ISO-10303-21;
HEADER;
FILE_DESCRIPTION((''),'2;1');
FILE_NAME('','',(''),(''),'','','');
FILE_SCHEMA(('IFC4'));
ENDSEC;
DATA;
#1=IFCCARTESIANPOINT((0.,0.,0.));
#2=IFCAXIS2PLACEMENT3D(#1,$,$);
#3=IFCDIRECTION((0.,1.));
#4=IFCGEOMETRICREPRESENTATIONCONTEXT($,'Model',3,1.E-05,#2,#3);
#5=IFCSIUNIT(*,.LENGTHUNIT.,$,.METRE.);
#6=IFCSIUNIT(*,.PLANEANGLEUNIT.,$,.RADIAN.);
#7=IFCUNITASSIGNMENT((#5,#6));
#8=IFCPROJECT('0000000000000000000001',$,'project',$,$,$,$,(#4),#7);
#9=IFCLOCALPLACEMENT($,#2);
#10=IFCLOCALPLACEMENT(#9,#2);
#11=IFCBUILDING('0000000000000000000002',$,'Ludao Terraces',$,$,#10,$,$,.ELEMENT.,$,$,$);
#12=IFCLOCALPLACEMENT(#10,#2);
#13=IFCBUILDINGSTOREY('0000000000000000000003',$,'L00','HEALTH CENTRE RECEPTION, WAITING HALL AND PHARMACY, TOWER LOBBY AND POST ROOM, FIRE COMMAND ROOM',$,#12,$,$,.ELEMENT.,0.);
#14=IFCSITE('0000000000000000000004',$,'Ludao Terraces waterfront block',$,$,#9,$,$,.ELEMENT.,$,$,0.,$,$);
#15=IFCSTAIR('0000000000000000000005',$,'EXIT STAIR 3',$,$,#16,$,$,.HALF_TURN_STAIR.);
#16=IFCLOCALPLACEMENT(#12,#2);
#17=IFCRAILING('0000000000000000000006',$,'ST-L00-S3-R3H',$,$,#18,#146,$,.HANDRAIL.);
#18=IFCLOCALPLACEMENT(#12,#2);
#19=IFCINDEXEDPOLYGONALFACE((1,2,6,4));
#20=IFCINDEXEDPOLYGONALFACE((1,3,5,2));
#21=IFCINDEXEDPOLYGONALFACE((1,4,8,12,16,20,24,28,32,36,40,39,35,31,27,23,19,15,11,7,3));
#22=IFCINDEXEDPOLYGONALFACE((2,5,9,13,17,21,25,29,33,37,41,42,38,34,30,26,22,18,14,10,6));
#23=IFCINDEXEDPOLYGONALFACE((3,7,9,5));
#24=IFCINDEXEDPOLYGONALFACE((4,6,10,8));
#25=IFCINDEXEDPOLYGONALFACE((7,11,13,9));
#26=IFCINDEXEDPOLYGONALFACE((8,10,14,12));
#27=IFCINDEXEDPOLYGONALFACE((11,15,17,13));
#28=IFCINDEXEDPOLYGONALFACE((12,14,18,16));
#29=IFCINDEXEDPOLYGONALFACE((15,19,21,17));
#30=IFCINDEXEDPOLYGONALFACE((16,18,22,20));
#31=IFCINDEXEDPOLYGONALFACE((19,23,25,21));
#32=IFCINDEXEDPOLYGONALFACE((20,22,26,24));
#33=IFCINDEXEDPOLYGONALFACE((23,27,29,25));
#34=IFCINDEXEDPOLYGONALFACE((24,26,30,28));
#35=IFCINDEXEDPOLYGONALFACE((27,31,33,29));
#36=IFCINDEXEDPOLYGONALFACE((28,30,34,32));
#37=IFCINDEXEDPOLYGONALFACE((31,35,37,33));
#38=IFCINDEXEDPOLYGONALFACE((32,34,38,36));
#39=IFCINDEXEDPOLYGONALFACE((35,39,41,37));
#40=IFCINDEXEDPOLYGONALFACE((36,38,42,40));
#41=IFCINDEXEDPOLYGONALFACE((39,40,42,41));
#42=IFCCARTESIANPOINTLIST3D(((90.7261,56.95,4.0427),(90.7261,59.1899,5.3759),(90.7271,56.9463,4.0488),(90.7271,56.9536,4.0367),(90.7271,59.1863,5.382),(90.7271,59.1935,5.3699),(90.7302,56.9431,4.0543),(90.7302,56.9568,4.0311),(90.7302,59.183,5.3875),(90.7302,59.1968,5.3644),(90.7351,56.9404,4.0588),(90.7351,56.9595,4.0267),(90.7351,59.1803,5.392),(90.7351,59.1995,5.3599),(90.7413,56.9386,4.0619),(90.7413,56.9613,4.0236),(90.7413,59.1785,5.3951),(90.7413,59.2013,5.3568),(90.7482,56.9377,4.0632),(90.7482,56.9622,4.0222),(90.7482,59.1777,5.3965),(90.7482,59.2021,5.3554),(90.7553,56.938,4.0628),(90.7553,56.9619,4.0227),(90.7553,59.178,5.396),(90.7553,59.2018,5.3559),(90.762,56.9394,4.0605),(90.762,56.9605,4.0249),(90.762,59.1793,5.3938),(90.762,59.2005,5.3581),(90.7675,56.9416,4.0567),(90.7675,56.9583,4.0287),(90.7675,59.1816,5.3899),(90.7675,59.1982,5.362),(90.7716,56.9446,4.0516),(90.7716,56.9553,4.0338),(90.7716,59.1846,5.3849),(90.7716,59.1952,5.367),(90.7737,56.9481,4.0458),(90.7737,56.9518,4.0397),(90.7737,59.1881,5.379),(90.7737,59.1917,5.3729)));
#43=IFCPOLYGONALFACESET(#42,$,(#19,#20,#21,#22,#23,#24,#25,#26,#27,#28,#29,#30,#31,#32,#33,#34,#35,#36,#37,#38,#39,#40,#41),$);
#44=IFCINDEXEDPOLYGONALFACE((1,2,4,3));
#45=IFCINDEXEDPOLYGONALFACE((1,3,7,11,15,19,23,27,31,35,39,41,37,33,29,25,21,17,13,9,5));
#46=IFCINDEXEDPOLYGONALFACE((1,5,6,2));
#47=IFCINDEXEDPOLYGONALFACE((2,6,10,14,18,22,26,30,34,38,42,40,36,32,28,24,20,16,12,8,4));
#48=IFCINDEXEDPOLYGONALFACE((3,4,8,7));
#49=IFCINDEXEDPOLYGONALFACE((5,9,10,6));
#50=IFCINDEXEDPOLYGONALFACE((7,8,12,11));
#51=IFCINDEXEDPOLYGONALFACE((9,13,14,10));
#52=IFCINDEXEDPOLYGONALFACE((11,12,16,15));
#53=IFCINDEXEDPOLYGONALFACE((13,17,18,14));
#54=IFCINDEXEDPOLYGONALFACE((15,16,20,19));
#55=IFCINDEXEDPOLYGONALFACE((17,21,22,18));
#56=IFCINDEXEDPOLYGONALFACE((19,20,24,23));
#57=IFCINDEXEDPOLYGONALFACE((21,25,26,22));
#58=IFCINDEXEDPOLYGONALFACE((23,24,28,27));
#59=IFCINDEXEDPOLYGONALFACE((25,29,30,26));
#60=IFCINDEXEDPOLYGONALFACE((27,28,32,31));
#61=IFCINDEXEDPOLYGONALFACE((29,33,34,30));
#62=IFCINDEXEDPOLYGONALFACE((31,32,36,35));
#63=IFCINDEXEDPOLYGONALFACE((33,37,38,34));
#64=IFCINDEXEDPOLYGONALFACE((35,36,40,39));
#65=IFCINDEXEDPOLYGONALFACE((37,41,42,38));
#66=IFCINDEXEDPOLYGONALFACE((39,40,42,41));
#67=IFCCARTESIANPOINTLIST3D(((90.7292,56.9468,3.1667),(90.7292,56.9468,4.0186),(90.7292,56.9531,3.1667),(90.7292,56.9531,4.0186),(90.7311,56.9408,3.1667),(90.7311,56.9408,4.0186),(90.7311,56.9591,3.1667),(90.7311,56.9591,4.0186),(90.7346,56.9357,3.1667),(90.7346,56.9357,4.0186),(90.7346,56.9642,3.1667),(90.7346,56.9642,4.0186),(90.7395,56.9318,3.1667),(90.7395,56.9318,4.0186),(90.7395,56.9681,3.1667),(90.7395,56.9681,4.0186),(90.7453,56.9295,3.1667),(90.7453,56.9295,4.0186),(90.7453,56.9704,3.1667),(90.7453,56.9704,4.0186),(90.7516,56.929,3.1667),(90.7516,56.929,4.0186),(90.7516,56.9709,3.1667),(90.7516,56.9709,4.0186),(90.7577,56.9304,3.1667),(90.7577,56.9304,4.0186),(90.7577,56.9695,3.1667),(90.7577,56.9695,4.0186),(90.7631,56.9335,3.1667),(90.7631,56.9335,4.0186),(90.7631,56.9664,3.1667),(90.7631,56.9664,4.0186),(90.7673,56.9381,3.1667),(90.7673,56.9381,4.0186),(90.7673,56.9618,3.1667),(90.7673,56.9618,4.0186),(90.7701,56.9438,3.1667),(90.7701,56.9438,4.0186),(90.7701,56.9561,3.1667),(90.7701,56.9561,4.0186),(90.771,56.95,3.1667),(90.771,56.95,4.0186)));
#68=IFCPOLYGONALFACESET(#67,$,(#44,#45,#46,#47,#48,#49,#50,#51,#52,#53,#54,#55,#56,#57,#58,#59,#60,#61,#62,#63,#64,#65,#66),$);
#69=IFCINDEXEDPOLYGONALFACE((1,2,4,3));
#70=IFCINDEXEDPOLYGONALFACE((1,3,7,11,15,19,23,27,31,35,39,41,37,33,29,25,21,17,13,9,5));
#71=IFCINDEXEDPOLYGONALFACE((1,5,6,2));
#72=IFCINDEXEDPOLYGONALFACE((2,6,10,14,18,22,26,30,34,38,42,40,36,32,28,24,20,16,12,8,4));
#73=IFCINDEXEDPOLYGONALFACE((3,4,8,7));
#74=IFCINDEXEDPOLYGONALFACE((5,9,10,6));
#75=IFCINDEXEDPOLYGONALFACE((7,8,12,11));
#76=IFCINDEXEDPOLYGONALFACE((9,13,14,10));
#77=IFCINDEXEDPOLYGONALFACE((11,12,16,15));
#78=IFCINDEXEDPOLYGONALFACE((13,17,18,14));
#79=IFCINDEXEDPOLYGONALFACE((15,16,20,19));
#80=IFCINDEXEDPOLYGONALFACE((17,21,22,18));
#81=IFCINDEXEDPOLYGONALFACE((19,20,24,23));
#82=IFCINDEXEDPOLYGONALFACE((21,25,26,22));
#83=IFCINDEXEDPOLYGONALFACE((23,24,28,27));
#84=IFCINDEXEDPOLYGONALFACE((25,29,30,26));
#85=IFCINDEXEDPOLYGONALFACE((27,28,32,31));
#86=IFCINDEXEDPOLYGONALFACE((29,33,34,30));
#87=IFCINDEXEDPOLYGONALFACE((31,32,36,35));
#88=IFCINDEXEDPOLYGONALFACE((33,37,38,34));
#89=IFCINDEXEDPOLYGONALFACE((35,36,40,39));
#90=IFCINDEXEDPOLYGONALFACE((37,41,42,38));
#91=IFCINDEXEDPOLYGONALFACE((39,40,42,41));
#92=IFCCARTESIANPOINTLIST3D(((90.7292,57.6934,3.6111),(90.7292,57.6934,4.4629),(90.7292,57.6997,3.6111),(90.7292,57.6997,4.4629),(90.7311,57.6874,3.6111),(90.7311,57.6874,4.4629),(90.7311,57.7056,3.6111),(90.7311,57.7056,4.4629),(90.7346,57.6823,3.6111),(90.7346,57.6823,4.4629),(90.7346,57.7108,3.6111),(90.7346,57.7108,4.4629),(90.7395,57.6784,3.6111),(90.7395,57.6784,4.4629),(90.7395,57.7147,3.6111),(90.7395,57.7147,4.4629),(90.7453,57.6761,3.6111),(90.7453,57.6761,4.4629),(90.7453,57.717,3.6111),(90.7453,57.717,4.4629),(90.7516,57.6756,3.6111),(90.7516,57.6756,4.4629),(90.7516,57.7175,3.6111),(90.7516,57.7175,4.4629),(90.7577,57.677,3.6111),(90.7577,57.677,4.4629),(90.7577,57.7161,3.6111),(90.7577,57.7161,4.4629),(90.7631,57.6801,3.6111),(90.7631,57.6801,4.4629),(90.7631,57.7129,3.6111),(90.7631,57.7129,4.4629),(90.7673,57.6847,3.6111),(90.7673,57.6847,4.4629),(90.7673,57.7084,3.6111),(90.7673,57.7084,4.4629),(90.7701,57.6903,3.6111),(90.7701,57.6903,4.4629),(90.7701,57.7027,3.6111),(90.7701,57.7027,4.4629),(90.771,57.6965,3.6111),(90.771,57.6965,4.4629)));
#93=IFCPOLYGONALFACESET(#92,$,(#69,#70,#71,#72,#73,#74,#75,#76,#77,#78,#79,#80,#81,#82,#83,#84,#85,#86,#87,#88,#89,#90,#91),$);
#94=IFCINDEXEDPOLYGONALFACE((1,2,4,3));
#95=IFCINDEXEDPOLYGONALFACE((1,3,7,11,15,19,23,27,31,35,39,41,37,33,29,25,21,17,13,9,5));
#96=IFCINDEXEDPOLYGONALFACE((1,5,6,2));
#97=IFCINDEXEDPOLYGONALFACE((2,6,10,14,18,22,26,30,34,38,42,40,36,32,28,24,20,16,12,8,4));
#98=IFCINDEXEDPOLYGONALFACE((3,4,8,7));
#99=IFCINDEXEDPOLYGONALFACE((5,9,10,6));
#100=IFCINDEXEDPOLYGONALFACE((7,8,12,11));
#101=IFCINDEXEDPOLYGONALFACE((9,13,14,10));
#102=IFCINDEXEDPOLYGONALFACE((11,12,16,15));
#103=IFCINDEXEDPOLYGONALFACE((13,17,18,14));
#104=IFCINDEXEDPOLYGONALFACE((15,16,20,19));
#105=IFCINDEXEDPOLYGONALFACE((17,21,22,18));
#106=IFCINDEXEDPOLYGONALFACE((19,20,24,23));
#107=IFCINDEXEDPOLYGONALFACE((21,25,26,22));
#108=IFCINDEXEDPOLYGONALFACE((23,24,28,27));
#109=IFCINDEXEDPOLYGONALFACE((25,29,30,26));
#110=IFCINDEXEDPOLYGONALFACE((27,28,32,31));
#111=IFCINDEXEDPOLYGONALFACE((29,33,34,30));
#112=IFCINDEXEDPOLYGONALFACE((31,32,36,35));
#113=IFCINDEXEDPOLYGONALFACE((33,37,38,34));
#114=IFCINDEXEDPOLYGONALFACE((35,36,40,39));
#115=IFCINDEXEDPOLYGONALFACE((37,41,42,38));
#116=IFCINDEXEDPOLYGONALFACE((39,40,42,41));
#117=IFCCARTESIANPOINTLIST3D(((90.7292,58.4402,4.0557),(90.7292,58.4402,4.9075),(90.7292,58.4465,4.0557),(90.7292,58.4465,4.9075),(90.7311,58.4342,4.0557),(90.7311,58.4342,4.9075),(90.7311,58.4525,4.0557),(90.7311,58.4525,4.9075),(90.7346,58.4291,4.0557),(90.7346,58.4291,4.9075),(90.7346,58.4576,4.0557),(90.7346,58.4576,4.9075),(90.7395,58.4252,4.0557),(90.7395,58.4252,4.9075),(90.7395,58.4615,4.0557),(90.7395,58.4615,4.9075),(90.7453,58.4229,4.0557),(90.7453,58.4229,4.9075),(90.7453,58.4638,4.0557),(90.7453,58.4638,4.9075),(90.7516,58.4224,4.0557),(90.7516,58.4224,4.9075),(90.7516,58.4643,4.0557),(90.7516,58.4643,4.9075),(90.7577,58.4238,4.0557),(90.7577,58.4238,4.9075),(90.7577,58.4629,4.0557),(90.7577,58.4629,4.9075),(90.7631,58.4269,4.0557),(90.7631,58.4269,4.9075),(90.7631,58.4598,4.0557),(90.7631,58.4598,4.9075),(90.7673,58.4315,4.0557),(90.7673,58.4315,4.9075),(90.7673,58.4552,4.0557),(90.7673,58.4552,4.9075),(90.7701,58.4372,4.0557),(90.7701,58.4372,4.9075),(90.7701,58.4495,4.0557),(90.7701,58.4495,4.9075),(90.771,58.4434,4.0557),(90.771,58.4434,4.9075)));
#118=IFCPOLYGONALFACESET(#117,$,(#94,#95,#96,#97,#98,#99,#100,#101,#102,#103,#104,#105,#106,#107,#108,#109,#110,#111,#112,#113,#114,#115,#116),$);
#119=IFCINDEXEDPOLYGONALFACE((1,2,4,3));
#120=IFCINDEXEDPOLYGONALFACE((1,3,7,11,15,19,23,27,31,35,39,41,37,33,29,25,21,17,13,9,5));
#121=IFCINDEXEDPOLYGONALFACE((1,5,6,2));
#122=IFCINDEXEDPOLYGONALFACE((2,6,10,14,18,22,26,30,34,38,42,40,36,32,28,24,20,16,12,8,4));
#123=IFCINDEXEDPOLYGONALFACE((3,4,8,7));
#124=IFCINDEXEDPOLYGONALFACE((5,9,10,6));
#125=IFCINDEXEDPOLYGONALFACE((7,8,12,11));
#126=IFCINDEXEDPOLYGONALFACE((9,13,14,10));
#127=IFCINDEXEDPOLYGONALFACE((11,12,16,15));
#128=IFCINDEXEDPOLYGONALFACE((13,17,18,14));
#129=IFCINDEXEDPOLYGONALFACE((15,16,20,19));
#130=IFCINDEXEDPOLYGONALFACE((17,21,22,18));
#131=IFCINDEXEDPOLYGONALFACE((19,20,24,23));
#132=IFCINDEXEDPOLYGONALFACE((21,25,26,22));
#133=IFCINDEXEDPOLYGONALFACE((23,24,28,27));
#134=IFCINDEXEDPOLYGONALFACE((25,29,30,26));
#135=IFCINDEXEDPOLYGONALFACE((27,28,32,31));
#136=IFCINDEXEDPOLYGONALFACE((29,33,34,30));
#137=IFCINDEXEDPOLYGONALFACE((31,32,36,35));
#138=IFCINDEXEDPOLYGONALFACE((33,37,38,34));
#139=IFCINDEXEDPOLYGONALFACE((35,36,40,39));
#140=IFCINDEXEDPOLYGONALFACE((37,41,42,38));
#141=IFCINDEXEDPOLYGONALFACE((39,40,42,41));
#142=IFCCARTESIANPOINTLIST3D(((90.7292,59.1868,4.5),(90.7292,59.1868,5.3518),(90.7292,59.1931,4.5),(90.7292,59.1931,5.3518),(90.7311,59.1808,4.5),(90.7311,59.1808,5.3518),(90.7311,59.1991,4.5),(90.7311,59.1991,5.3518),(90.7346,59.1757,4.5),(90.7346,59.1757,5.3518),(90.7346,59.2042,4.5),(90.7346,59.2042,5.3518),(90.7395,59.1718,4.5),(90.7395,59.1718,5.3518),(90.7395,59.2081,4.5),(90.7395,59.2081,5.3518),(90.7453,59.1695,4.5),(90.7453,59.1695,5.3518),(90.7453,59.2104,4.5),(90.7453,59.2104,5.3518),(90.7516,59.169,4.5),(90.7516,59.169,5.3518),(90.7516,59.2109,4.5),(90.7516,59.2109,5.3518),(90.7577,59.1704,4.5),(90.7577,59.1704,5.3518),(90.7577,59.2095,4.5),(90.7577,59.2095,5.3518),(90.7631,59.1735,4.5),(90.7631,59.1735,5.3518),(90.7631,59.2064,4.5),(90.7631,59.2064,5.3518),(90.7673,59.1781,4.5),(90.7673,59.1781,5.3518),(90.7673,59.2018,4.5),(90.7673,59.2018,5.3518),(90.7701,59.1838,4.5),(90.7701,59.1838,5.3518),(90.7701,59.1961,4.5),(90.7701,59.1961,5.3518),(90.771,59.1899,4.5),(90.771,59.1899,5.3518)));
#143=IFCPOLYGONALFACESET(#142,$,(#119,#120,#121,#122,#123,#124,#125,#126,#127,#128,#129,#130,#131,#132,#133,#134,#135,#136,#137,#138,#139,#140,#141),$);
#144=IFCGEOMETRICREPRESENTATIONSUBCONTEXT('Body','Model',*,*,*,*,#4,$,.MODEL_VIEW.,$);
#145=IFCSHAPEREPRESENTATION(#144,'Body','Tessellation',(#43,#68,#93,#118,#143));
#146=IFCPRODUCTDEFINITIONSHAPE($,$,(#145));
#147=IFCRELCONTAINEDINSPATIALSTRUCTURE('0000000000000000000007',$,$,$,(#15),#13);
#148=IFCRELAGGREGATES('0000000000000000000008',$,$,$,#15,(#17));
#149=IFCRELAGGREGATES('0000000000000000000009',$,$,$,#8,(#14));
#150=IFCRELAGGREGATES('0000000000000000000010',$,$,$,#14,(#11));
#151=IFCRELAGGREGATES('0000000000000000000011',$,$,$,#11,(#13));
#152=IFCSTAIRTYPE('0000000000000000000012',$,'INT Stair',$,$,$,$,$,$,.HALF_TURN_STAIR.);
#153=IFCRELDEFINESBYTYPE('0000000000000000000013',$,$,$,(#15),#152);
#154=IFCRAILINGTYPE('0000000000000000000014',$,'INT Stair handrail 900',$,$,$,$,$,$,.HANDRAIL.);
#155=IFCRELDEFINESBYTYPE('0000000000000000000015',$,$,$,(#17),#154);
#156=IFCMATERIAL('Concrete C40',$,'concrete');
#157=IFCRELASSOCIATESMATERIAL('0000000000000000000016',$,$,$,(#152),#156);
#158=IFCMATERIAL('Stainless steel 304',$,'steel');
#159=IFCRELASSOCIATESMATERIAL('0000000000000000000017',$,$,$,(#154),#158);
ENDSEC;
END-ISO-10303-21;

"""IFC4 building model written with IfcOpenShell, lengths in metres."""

from ifc_helpers import new_model, si_unit, direction, frame, origin, origin_2d, place, context, subcontext, project, spatial, circle, extrude, material, type_object, element, aggregate, save


model = new_model("IFC4")

# Units and contexts
model_context = context("Model", 3, precision=1e-05, world=origin(), true_north=direction((0.0, 1.0)))
body_context = subcontext(model_context, "Body", "Model", "MODEL_VIEW")
ifc_project = project(units=[si_unit("LENGTHUNIT", "METRE"), si_unit("PLANEANGLEUNIT", "RADIAN")], contexts=[model_context])

# Site, building, storey
site_placement = place(None, origin())
site = spatial("IfcSite", under=ifc_project, at=site_placement, Name="Ludao Terraces waterfront block", CompositionType="ELEMENT", RefElevation=0.0)
building_placement = place(site_placement, origin())
building = spatial("IfcBuilding", under=site, at=building_placement, Name="Ludao Terraces", CompositionType="ELEMENT")
storey_placement = place(building_placement, origin())
storey = spatial("IfcBuildingStorey", under=building, at=storey_placement, Name="L00", Description="HEALTH CENTRE RECEPTION, WAITING HALL AND PHARMACY, TOWER LOBBY AND POST ROOM, FIRE COMMAND ROOM", CompositionType="ELEMENT", Elevation=0.0)

# Stair, railing
ifc_material_1 = material(Name="Concrete C40", Category="concrete")
stair_type = type_object("IfcStairType", Name="INT Stair", PredefinedType="HALF_TURN_STAIR", material=ifc_material_1)
stair_placement = place(storey_placement, origin())
stair = element("IfcStair", 1, at=stair_placement, inside=storey, type_object=stair_type, Name="EXIT STAIR 3", PredefinedType="HALF_TURN_STAIR")
ifc_material_2 = material(Name="Stainless steel 304", Category="steel")
railing_type_1 = type_object("IfcRailingType", Name="INT Stair handrail 900", PredefinedType="HANDRAIL", material=ifc_material_2)
railing_1_placement = place(storey_placement, frame((90.75, 56.95, 3.1667)))
railing_1 = element("IfcRailing", 2, at=railing_1_placement, type_object=railing_type_1, Name="ST-L00-S3-R3H", PredefinedType="HANDRAIL", context=body_context, shape_type="SweptSolid", body=[
    extrude(circle(Radius=0.0239, at=origin_2d()), frame((0.0, 0.0, 0.876), z_axis=(0.0, 0.859306, 0.511462), x_axis=(-1.0, 0.0, 0.0)), (0.0, 0.0, 1.0), 2.6067),
    extrude(circle(Radius=0.021, at=origin_2d()), origin(), (0.0, 0.0, 1.0), 0.8518),
    extrude(circle(Radius=0.021, at=origin_2d()), frame((0.0, 0.7466, 0.4443)), (0.0, 0.0, 1.0), 0.8518),
    extrude(circle(Radius=0.021, at=origin_2d()), frame((0.0, 1.4934, 0.8889)), (0.0, 0.0, 1.0), 0.8518),
    extrude(circle(Radius=0.021, at=origin_2d()), frame((0.0, 2.24, 1.3333)), (0.0, 0.0, 1.0), 0.8518),
])
aggregate(stair, [railing_1])

save(model, "model.ifc")
